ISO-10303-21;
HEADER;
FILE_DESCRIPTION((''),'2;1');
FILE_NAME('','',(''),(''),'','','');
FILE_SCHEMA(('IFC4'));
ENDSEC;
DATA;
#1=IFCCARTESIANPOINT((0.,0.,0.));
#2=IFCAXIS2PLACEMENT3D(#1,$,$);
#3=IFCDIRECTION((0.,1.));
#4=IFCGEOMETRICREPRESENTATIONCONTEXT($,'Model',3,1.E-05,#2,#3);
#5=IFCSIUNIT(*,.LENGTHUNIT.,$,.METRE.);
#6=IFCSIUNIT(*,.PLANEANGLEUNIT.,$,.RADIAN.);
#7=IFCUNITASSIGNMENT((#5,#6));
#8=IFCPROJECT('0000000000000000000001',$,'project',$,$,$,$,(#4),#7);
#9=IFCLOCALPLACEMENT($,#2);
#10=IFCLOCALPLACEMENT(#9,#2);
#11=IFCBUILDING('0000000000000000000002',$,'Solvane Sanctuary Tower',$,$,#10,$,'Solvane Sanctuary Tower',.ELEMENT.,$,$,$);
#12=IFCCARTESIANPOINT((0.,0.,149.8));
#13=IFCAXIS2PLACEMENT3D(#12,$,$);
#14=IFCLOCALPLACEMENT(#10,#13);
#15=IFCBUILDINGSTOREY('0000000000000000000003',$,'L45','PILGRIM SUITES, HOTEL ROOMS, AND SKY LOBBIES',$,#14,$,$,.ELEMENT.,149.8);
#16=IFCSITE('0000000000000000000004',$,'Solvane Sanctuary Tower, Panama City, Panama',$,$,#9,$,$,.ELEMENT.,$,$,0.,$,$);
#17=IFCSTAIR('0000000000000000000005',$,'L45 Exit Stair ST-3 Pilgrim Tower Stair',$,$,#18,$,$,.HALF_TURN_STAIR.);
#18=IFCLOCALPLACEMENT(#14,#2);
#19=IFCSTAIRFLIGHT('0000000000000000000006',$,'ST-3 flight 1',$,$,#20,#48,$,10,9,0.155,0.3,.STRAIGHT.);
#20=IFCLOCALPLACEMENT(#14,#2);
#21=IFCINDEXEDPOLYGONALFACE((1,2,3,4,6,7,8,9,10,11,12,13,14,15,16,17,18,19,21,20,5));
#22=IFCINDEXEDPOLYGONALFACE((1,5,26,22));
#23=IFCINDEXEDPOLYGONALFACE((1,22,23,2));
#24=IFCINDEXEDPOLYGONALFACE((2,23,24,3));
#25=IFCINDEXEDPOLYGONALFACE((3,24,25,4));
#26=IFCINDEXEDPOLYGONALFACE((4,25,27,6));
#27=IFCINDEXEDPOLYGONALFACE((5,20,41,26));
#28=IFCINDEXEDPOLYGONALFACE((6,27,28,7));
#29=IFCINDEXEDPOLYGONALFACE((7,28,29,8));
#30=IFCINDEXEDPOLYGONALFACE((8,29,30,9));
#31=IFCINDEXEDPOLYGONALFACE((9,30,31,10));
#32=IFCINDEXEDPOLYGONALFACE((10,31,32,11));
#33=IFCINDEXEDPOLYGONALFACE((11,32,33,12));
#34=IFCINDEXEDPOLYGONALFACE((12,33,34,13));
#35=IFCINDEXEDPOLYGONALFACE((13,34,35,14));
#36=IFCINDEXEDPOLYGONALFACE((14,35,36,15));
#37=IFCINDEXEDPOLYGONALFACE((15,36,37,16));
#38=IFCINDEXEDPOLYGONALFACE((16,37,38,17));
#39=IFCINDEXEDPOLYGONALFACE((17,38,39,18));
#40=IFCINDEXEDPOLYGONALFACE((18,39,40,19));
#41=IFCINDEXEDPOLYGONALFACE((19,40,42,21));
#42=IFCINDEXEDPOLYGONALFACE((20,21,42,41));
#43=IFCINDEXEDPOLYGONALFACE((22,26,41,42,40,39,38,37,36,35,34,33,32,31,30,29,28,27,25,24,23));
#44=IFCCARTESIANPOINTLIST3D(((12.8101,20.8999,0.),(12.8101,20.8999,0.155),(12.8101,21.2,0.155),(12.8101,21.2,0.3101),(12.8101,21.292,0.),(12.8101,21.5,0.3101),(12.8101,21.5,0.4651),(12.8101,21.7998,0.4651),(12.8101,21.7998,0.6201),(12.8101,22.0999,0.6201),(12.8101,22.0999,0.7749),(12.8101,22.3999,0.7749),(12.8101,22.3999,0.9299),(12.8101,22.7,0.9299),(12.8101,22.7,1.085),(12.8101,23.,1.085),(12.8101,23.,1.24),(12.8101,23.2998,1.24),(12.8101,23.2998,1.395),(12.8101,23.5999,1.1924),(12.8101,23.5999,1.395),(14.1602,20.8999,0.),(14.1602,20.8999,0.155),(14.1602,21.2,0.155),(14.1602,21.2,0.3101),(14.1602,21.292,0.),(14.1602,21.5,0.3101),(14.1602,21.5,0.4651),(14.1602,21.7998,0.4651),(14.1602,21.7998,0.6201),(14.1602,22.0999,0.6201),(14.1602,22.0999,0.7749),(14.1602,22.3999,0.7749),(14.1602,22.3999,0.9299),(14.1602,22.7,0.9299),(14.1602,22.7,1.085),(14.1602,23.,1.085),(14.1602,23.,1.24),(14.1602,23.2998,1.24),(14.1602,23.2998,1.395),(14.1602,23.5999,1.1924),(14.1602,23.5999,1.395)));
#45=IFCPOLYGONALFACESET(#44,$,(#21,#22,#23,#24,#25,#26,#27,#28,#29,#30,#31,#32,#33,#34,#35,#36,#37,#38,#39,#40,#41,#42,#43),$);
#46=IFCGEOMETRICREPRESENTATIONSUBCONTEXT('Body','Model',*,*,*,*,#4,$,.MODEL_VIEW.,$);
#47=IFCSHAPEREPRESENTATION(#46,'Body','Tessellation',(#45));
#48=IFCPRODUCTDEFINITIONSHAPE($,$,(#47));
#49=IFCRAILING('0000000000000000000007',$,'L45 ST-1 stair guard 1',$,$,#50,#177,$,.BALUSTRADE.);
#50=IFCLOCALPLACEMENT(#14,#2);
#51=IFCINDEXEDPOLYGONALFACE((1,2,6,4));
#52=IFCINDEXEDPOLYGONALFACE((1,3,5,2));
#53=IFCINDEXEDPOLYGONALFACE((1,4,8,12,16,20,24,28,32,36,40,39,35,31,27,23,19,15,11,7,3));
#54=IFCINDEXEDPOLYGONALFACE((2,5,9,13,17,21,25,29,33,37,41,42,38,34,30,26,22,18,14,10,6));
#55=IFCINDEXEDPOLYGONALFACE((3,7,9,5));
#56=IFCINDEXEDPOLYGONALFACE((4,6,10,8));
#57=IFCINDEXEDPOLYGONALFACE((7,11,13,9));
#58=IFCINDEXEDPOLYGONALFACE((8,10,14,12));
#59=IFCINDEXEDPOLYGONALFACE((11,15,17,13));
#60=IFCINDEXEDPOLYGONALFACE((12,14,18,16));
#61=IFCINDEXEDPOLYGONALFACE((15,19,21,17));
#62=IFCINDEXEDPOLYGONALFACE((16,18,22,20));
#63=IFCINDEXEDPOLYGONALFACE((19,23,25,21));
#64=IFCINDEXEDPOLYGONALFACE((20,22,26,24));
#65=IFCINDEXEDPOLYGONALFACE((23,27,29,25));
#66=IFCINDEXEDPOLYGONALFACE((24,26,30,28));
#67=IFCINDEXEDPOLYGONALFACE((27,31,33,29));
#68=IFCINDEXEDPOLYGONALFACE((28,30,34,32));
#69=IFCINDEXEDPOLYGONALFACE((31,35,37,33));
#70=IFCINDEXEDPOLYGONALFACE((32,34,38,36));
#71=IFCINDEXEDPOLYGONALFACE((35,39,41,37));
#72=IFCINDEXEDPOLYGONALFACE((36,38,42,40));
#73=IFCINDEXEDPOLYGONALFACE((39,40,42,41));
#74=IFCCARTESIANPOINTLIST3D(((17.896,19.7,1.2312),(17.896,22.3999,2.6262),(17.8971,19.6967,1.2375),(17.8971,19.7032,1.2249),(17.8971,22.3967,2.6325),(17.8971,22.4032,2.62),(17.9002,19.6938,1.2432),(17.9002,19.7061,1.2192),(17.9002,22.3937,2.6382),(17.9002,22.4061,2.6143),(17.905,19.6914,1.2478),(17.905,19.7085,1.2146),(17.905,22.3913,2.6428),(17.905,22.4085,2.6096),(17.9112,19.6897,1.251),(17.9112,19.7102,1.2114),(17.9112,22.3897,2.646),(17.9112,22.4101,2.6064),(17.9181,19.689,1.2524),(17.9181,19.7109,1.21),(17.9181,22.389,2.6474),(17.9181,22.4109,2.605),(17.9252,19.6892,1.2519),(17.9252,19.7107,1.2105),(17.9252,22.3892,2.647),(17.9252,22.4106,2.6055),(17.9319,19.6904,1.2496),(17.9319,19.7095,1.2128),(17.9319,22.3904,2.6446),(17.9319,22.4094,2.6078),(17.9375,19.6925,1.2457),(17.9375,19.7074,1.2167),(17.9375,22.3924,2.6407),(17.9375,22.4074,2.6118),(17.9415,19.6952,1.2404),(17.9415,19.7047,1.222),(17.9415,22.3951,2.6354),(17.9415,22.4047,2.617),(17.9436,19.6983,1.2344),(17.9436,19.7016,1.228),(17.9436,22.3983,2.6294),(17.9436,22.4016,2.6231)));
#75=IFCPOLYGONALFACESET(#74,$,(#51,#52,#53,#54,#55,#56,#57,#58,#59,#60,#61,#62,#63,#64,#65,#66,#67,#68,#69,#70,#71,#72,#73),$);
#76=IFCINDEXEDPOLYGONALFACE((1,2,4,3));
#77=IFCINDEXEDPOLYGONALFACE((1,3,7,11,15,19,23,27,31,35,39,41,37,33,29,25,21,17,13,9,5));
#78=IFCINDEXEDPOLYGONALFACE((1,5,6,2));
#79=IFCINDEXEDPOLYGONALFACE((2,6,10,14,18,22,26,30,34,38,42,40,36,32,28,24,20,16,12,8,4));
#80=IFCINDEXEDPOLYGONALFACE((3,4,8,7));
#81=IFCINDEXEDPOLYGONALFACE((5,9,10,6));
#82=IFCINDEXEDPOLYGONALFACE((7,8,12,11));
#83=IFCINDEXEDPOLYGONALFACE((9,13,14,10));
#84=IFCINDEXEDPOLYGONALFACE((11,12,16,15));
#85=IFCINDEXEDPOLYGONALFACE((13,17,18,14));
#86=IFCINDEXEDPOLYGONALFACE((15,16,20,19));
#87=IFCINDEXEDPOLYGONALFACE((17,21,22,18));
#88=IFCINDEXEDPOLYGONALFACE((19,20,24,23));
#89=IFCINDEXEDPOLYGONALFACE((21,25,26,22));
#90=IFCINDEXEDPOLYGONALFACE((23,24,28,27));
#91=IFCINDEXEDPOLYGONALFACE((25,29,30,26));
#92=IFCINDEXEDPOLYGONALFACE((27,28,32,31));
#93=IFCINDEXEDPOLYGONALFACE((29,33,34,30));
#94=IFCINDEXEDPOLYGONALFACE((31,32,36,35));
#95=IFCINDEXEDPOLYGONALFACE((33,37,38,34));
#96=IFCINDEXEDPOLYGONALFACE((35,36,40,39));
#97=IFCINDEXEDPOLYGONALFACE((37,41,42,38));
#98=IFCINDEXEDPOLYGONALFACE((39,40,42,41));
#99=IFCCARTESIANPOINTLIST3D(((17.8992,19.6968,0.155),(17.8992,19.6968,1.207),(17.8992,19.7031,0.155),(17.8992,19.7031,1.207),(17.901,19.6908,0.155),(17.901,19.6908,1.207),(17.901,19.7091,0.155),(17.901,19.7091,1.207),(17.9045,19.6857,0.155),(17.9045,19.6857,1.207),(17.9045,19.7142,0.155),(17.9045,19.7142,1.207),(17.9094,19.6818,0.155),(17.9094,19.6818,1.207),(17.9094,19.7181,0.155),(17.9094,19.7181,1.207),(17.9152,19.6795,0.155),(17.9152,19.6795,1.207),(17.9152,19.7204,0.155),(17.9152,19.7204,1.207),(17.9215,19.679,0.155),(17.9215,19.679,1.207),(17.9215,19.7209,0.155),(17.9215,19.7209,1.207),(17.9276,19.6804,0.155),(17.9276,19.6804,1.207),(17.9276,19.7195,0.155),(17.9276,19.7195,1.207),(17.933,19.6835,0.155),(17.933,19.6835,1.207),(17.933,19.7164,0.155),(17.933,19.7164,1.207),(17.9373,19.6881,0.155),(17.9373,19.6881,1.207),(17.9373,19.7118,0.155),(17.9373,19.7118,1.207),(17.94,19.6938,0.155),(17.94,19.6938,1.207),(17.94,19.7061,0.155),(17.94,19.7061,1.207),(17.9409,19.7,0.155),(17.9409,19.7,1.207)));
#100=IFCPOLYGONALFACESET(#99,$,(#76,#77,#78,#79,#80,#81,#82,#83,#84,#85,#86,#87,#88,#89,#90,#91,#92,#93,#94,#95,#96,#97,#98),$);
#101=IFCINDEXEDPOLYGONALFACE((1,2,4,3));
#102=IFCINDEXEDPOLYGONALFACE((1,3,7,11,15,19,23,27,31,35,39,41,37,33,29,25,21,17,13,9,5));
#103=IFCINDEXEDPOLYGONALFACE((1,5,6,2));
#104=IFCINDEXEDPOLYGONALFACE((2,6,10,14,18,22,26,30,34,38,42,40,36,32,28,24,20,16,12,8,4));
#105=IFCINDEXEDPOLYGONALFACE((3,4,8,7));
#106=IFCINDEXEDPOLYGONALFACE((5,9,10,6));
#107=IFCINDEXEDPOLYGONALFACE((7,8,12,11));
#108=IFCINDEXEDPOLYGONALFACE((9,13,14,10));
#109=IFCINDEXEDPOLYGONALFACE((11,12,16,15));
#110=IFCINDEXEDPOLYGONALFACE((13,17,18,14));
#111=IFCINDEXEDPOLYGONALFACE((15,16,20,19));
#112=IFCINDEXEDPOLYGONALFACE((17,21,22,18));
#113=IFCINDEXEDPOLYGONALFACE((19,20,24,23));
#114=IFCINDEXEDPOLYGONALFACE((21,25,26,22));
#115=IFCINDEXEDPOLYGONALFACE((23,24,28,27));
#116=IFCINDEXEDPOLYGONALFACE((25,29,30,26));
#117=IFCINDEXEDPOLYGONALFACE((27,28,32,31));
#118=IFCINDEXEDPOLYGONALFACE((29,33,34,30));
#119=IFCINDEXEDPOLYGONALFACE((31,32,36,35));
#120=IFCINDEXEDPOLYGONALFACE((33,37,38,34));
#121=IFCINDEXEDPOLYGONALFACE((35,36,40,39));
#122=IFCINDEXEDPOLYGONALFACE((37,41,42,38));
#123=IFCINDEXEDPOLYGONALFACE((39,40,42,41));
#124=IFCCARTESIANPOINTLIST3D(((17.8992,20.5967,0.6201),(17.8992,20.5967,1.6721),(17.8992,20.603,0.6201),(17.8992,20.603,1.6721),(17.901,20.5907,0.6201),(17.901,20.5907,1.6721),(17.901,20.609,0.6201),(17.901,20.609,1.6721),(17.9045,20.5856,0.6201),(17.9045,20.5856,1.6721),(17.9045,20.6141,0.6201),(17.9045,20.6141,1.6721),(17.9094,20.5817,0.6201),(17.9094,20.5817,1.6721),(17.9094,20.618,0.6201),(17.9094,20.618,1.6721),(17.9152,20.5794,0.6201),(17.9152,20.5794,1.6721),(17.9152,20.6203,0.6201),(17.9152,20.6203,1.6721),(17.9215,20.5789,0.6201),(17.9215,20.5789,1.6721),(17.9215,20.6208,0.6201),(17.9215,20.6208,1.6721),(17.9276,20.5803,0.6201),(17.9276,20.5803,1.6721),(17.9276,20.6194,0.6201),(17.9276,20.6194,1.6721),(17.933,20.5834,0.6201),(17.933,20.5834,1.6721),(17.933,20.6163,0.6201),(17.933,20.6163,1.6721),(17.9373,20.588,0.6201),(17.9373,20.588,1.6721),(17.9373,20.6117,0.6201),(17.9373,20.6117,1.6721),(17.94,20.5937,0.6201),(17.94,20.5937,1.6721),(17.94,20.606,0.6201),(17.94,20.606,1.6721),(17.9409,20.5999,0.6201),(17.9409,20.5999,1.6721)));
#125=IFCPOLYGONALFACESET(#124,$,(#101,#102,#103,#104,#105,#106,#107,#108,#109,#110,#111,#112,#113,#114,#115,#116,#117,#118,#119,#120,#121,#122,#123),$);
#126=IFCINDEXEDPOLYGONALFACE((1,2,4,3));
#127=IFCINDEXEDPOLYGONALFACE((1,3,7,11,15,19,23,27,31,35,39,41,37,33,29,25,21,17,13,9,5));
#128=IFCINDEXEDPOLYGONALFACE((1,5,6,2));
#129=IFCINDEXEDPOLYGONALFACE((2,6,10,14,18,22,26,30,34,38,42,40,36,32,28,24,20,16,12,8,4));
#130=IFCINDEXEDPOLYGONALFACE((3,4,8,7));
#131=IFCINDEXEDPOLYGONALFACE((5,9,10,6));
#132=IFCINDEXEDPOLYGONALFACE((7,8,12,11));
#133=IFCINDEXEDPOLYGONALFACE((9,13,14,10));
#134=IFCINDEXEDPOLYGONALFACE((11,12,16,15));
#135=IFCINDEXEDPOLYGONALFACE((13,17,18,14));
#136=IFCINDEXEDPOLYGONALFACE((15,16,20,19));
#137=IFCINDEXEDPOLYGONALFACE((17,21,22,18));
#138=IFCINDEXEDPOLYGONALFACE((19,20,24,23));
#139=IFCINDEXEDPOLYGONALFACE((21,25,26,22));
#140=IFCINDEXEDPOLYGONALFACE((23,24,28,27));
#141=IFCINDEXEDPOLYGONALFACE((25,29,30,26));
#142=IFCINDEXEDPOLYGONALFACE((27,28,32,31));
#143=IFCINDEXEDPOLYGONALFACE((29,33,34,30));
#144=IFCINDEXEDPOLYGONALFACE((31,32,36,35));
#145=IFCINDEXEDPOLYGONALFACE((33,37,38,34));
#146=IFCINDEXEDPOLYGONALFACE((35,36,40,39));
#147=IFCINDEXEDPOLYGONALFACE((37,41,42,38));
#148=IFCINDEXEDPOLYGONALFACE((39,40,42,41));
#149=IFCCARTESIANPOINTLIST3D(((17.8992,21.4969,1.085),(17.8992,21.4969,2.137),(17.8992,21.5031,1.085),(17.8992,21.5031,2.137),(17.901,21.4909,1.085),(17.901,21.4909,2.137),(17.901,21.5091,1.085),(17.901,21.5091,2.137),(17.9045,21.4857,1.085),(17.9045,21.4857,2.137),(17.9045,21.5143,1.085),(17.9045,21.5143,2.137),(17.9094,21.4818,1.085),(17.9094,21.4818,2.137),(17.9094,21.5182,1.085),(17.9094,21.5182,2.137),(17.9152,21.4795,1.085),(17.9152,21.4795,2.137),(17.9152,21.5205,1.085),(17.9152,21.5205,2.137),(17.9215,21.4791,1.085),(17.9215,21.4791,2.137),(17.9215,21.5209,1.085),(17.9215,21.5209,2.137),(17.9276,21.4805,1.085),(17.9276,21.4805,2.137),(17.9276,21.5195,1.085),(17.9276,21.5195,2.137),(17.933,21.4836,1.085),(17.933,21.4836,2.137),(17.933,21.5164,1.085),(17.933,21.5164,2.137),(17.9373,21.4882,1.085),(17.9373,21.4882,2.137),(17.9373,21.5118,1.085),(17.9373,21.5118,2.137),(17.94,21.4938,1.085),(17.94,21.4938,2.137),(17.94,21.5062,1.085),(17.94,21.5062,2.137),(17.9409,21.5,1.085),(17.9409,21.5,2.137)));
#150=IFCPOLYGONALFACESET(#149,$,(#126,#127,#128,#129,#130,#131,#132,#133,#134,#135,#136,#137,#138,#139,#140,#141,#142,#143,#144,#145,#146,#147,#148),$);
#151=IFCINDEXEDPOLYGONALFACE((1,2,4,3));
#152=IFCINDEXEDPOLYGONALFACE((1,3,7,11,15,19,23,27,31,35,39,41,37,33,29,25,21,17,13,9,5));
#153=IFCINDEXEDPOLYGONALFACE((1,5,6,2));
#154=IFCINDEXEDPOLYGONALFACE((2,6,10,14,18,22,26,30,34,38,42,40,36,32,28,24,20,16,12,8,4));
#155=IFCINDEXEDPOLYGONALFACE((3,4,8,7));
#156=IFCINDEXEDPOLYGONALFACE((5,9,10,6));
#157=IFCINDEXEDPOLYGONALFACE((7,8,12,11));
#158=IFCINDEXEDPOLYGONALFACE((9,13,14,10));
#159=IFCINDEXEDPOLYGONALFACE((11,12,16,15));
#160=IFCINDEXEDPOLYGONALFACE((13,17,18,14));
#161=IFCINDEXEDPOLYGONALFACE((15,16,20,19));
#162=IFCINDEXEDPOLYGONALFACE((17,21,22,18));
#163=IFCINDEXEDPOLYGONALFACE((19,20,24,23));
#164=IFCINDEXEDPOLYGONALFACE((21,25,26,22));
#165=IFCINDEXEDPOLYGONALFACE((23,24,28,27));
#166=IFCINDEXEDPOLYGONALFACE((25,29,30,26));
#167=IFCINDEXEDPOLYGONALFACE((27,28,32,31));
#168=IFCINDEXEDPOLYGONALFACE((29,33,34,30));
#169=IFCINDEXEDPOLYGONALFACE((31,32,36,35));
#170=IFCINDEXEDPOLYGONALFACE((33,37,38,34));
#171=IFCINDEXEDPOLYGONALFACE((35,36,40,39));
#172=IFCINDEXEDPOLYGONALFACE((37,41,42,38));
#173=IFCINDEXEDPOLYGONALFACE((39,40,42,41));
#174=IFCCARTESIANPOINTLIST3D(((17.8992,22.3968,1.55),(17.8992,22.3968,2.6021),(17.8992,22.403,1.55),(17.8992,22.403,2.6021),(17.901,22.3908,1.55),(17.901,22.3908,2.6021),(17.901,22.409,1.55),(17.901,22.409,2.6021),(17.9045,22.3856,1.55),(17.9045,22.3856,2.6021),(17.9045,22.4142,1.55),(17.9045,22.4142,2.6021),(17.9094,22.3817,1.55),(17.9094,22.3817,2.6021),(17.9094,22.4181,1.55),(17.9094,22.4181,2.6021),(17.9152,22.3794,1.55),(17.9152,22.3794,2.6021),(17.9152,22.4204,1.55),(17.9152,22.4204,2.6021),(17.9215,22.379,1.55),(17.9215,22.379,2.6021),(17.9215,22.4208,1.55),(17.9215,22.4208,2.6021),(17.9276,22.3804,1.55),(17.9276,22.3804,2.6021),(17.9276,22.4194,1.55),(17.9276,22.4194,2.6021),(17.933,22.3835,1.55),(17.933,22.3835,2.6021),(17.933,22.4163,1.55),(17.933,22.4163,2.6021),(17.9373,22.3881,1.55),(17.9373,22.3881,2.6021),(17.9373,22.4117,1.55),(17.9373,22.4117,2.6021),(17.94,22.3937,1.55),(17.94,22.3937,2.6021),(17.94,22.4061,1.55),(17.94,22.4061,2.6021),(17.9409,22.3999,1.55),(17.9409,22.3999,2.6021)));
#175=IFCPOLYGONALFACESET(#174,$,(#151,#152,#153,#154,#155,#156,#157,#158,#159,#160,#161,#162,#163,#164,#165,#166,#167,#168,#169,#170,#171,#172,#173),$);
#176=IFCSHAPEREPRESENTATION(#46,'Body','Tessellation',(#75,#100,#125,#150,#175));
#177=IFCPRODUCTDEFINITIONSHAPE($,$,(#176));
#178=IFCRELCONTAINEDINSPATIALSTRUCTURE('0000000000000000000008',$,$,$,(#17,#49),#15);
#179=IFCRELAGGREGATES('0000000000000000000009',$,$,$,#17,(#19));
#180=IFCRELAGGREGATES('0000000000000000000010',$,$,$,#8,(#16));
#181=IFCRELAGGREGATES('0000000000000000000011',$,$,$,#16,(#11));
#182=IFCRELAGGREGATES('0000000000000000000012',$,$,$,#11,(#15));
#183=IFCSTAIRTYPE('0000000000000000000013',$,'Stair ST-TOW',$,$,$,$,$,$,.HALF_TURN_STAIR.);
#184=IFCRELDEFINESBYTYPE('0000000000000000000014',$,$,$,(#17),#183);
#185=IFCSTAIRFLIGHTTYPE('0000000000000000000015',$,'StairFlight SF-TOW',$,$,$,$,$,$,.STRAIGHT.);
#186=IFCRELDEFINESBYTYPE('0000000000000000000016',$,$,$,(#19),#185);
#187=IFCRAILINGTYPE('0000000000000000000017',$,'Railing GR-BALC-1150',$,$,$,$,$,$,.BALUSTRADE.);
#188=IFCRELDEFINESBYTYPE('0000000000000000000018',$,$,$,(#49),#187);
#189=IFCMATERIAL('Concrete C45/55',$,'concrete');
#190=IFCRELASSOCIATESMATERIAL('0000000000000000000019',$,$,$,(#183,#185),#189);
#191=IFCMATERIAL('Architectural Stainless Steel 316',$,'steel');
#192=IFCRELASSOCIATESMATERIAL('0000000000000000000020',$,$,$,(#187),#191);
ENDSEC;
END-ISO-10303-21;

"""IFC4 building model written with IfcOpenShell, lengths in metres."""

from ifc_helpers import new_model, si_unit, direction, frame, origin, origin_2d, place, context, subcontext, project, spatial, polyline, circle, outline, extrude, material, type_object, element, aggregate, save


model = new_model("IFC4")

# Units and contexts
model_context = context("Model", 3, precision=1e-05, world=origin(), true_north=direction((0.0, 1.0)))
body_context = subcontext(model_context, "Body", "Model", "MODEL_VIEW")
ifc_project = project(units=[si_unit("LENGTHUNIT", "METRE"), si_unit("PLANEANGLEUNIT", "RADIAN")], contexts=[model_context])

# Site, building, storey
site_placement = place(None, origin())
site = spatial("IfcSite", under=ifc_project, at=site_placement, Name="Solvane Sanctuary Tower, Panama City, Panama", CompositionType="ELEMENT", RefElevation=0.0)
building_placement = place(site_placement, origin())
building = spatial("IfcBuilding", under=site, at=building_placement, Name="Solvane Sanctuary Tower", LongName="Solvane Sanctuary Tower", CompositionType="ELEMENT")
storey_placement = place(building_placement, frame((0.0, 0.0, 149.8)))
storey = spatial("IfcBuildingStorey", under=building, at=storey_placement, Name="L45", Description="PILGRIM SUITES, HOTEL ROOMS, AND SKY LOBBIES", CompositionType="ELEMENT", Elevation=149.8)

# Shared definitions
ifc_material_1 = material(Name="Architectural Stainless Steel 316", Category="steel")

# Stair, stair flight
ifc_material_2 = material(Name="Concrete C45/55", Category="concrete")
stair_type = type_object("IfcStairType", Name="Stair ST-TOW", PredefinedType="HALF_TURN_STAIR", material=ifc_material_2)
stair_flight_type = type_object("IfcStairFlightType", Name="StairFlight SF-TOW", PredefinedType="STRAIGHT", material=ifc_material_2)
stair_1_placement = place(storey_placement, origin())
stair_1 = element("IfcStair", 1, at=stair_1_placement, inside=storey, type_object=stair_type, Name="L45 Exit Stair ST-3 Pilgrim Tower Stair", PredefinedType="HALF_TURN_STAIR")
stair_flight_1_placement = place(storey_placement, frame((13.4851, 20.8999, 0.0), z_axis=(0.0, 0.0, 1.0), x_axis=(0.0, 1.0, 0.0)))
stair_flight_1 = element("IfcStairFlight", 2, at=stair_flight_1_placement, type_object=stair_flight_type, Name="ST-3 flight 1", NumberOfRisers=10, NumberOfTreads=9, PredefinedType="STRAIGHT", RiserHeight=0.155, TreadLength=0.3, context=body_context, shape_type="SweptSolid", body=[
    extrude(outline(polyline([(0.0, 0.0), (0.0, 0.155), (0.3, 0.155), (0.3, 0.3101), (0.6001, 0.3101), (0.6001, 0.4651), (0.8999, 0.4651), (0.8999, 0.6201), (1.2, 0.6201), (1.2, 0.7749), (1.5, 0.7749), (1.5, 0.9299), (1.8, 0.9299), (1.8, 1.085), (2.1001, 1.085), (2.1001, 1.24), (2.3999, 1.24), (2.3999, 1.395), (2.7, 1.395), (2.7, 1.55), (2.7, 1.1924), (0.3921, 0.0), (0.0, 0.0)])), frame((0.0, 0.675, 0.0), z_axis=(0.0, -1.0, 0.0), x_axis=(1.0, 0.0, 0.0)), (0.0, 0.0, 1.0), 1.3501),
])
aggregate(stair_1, [stair_flight_1])

# Railing
railing_type_1 = type_object("IfcRailingType", Name="Railing GR-BALC-1150", PredefinedType="BALUSTRADE", material=ifc_material_1)
railing_1_placement = place(storey_placement, frame((17.9199, 19.7, 0.155)))
element("IfcRailing", 3, at=railing_1_placement, inside=storey, type_object=railing_type_1, Name="L45 ST-1 stair guard 1", PredefinedType="BALUSTRADE", context=body_context, shape_type="SweptSolid", body=[
    extrude(circle(Radius=0.0239, at=origin_2d()), frame((0.0, 0.0, 1.0762), z_axis=(0.0, 0.88842, 0.459032), x_axis=(-1.0, 0.0, 0.0)), (0.0, 0.0, 1.0), 3.0391),
    extrude(circle(Radius=0.021, at=origin_2d()), origin(), (0.0, 0.0, 1.0), 1.052),
    extrude(circle(Radius=0.021, at=origin_2d()), frame((0.0, 0.8999, 0.4651)), (0.0, 0.0, 1.0), 1.052),
    extrude(circle(Radius=0.021, at=origin_2d()), frame((0.0, 1.8, 0.9299)), (0.0, 0.0, 1.0), 1.052),
    extrude(circle(Radius=0.021, at=origin_2d()), frame((0.0, 2.7, 1.395)), (0.0, 0.0, 1.0), 1.052),
])

save(model, "model.ifc")
